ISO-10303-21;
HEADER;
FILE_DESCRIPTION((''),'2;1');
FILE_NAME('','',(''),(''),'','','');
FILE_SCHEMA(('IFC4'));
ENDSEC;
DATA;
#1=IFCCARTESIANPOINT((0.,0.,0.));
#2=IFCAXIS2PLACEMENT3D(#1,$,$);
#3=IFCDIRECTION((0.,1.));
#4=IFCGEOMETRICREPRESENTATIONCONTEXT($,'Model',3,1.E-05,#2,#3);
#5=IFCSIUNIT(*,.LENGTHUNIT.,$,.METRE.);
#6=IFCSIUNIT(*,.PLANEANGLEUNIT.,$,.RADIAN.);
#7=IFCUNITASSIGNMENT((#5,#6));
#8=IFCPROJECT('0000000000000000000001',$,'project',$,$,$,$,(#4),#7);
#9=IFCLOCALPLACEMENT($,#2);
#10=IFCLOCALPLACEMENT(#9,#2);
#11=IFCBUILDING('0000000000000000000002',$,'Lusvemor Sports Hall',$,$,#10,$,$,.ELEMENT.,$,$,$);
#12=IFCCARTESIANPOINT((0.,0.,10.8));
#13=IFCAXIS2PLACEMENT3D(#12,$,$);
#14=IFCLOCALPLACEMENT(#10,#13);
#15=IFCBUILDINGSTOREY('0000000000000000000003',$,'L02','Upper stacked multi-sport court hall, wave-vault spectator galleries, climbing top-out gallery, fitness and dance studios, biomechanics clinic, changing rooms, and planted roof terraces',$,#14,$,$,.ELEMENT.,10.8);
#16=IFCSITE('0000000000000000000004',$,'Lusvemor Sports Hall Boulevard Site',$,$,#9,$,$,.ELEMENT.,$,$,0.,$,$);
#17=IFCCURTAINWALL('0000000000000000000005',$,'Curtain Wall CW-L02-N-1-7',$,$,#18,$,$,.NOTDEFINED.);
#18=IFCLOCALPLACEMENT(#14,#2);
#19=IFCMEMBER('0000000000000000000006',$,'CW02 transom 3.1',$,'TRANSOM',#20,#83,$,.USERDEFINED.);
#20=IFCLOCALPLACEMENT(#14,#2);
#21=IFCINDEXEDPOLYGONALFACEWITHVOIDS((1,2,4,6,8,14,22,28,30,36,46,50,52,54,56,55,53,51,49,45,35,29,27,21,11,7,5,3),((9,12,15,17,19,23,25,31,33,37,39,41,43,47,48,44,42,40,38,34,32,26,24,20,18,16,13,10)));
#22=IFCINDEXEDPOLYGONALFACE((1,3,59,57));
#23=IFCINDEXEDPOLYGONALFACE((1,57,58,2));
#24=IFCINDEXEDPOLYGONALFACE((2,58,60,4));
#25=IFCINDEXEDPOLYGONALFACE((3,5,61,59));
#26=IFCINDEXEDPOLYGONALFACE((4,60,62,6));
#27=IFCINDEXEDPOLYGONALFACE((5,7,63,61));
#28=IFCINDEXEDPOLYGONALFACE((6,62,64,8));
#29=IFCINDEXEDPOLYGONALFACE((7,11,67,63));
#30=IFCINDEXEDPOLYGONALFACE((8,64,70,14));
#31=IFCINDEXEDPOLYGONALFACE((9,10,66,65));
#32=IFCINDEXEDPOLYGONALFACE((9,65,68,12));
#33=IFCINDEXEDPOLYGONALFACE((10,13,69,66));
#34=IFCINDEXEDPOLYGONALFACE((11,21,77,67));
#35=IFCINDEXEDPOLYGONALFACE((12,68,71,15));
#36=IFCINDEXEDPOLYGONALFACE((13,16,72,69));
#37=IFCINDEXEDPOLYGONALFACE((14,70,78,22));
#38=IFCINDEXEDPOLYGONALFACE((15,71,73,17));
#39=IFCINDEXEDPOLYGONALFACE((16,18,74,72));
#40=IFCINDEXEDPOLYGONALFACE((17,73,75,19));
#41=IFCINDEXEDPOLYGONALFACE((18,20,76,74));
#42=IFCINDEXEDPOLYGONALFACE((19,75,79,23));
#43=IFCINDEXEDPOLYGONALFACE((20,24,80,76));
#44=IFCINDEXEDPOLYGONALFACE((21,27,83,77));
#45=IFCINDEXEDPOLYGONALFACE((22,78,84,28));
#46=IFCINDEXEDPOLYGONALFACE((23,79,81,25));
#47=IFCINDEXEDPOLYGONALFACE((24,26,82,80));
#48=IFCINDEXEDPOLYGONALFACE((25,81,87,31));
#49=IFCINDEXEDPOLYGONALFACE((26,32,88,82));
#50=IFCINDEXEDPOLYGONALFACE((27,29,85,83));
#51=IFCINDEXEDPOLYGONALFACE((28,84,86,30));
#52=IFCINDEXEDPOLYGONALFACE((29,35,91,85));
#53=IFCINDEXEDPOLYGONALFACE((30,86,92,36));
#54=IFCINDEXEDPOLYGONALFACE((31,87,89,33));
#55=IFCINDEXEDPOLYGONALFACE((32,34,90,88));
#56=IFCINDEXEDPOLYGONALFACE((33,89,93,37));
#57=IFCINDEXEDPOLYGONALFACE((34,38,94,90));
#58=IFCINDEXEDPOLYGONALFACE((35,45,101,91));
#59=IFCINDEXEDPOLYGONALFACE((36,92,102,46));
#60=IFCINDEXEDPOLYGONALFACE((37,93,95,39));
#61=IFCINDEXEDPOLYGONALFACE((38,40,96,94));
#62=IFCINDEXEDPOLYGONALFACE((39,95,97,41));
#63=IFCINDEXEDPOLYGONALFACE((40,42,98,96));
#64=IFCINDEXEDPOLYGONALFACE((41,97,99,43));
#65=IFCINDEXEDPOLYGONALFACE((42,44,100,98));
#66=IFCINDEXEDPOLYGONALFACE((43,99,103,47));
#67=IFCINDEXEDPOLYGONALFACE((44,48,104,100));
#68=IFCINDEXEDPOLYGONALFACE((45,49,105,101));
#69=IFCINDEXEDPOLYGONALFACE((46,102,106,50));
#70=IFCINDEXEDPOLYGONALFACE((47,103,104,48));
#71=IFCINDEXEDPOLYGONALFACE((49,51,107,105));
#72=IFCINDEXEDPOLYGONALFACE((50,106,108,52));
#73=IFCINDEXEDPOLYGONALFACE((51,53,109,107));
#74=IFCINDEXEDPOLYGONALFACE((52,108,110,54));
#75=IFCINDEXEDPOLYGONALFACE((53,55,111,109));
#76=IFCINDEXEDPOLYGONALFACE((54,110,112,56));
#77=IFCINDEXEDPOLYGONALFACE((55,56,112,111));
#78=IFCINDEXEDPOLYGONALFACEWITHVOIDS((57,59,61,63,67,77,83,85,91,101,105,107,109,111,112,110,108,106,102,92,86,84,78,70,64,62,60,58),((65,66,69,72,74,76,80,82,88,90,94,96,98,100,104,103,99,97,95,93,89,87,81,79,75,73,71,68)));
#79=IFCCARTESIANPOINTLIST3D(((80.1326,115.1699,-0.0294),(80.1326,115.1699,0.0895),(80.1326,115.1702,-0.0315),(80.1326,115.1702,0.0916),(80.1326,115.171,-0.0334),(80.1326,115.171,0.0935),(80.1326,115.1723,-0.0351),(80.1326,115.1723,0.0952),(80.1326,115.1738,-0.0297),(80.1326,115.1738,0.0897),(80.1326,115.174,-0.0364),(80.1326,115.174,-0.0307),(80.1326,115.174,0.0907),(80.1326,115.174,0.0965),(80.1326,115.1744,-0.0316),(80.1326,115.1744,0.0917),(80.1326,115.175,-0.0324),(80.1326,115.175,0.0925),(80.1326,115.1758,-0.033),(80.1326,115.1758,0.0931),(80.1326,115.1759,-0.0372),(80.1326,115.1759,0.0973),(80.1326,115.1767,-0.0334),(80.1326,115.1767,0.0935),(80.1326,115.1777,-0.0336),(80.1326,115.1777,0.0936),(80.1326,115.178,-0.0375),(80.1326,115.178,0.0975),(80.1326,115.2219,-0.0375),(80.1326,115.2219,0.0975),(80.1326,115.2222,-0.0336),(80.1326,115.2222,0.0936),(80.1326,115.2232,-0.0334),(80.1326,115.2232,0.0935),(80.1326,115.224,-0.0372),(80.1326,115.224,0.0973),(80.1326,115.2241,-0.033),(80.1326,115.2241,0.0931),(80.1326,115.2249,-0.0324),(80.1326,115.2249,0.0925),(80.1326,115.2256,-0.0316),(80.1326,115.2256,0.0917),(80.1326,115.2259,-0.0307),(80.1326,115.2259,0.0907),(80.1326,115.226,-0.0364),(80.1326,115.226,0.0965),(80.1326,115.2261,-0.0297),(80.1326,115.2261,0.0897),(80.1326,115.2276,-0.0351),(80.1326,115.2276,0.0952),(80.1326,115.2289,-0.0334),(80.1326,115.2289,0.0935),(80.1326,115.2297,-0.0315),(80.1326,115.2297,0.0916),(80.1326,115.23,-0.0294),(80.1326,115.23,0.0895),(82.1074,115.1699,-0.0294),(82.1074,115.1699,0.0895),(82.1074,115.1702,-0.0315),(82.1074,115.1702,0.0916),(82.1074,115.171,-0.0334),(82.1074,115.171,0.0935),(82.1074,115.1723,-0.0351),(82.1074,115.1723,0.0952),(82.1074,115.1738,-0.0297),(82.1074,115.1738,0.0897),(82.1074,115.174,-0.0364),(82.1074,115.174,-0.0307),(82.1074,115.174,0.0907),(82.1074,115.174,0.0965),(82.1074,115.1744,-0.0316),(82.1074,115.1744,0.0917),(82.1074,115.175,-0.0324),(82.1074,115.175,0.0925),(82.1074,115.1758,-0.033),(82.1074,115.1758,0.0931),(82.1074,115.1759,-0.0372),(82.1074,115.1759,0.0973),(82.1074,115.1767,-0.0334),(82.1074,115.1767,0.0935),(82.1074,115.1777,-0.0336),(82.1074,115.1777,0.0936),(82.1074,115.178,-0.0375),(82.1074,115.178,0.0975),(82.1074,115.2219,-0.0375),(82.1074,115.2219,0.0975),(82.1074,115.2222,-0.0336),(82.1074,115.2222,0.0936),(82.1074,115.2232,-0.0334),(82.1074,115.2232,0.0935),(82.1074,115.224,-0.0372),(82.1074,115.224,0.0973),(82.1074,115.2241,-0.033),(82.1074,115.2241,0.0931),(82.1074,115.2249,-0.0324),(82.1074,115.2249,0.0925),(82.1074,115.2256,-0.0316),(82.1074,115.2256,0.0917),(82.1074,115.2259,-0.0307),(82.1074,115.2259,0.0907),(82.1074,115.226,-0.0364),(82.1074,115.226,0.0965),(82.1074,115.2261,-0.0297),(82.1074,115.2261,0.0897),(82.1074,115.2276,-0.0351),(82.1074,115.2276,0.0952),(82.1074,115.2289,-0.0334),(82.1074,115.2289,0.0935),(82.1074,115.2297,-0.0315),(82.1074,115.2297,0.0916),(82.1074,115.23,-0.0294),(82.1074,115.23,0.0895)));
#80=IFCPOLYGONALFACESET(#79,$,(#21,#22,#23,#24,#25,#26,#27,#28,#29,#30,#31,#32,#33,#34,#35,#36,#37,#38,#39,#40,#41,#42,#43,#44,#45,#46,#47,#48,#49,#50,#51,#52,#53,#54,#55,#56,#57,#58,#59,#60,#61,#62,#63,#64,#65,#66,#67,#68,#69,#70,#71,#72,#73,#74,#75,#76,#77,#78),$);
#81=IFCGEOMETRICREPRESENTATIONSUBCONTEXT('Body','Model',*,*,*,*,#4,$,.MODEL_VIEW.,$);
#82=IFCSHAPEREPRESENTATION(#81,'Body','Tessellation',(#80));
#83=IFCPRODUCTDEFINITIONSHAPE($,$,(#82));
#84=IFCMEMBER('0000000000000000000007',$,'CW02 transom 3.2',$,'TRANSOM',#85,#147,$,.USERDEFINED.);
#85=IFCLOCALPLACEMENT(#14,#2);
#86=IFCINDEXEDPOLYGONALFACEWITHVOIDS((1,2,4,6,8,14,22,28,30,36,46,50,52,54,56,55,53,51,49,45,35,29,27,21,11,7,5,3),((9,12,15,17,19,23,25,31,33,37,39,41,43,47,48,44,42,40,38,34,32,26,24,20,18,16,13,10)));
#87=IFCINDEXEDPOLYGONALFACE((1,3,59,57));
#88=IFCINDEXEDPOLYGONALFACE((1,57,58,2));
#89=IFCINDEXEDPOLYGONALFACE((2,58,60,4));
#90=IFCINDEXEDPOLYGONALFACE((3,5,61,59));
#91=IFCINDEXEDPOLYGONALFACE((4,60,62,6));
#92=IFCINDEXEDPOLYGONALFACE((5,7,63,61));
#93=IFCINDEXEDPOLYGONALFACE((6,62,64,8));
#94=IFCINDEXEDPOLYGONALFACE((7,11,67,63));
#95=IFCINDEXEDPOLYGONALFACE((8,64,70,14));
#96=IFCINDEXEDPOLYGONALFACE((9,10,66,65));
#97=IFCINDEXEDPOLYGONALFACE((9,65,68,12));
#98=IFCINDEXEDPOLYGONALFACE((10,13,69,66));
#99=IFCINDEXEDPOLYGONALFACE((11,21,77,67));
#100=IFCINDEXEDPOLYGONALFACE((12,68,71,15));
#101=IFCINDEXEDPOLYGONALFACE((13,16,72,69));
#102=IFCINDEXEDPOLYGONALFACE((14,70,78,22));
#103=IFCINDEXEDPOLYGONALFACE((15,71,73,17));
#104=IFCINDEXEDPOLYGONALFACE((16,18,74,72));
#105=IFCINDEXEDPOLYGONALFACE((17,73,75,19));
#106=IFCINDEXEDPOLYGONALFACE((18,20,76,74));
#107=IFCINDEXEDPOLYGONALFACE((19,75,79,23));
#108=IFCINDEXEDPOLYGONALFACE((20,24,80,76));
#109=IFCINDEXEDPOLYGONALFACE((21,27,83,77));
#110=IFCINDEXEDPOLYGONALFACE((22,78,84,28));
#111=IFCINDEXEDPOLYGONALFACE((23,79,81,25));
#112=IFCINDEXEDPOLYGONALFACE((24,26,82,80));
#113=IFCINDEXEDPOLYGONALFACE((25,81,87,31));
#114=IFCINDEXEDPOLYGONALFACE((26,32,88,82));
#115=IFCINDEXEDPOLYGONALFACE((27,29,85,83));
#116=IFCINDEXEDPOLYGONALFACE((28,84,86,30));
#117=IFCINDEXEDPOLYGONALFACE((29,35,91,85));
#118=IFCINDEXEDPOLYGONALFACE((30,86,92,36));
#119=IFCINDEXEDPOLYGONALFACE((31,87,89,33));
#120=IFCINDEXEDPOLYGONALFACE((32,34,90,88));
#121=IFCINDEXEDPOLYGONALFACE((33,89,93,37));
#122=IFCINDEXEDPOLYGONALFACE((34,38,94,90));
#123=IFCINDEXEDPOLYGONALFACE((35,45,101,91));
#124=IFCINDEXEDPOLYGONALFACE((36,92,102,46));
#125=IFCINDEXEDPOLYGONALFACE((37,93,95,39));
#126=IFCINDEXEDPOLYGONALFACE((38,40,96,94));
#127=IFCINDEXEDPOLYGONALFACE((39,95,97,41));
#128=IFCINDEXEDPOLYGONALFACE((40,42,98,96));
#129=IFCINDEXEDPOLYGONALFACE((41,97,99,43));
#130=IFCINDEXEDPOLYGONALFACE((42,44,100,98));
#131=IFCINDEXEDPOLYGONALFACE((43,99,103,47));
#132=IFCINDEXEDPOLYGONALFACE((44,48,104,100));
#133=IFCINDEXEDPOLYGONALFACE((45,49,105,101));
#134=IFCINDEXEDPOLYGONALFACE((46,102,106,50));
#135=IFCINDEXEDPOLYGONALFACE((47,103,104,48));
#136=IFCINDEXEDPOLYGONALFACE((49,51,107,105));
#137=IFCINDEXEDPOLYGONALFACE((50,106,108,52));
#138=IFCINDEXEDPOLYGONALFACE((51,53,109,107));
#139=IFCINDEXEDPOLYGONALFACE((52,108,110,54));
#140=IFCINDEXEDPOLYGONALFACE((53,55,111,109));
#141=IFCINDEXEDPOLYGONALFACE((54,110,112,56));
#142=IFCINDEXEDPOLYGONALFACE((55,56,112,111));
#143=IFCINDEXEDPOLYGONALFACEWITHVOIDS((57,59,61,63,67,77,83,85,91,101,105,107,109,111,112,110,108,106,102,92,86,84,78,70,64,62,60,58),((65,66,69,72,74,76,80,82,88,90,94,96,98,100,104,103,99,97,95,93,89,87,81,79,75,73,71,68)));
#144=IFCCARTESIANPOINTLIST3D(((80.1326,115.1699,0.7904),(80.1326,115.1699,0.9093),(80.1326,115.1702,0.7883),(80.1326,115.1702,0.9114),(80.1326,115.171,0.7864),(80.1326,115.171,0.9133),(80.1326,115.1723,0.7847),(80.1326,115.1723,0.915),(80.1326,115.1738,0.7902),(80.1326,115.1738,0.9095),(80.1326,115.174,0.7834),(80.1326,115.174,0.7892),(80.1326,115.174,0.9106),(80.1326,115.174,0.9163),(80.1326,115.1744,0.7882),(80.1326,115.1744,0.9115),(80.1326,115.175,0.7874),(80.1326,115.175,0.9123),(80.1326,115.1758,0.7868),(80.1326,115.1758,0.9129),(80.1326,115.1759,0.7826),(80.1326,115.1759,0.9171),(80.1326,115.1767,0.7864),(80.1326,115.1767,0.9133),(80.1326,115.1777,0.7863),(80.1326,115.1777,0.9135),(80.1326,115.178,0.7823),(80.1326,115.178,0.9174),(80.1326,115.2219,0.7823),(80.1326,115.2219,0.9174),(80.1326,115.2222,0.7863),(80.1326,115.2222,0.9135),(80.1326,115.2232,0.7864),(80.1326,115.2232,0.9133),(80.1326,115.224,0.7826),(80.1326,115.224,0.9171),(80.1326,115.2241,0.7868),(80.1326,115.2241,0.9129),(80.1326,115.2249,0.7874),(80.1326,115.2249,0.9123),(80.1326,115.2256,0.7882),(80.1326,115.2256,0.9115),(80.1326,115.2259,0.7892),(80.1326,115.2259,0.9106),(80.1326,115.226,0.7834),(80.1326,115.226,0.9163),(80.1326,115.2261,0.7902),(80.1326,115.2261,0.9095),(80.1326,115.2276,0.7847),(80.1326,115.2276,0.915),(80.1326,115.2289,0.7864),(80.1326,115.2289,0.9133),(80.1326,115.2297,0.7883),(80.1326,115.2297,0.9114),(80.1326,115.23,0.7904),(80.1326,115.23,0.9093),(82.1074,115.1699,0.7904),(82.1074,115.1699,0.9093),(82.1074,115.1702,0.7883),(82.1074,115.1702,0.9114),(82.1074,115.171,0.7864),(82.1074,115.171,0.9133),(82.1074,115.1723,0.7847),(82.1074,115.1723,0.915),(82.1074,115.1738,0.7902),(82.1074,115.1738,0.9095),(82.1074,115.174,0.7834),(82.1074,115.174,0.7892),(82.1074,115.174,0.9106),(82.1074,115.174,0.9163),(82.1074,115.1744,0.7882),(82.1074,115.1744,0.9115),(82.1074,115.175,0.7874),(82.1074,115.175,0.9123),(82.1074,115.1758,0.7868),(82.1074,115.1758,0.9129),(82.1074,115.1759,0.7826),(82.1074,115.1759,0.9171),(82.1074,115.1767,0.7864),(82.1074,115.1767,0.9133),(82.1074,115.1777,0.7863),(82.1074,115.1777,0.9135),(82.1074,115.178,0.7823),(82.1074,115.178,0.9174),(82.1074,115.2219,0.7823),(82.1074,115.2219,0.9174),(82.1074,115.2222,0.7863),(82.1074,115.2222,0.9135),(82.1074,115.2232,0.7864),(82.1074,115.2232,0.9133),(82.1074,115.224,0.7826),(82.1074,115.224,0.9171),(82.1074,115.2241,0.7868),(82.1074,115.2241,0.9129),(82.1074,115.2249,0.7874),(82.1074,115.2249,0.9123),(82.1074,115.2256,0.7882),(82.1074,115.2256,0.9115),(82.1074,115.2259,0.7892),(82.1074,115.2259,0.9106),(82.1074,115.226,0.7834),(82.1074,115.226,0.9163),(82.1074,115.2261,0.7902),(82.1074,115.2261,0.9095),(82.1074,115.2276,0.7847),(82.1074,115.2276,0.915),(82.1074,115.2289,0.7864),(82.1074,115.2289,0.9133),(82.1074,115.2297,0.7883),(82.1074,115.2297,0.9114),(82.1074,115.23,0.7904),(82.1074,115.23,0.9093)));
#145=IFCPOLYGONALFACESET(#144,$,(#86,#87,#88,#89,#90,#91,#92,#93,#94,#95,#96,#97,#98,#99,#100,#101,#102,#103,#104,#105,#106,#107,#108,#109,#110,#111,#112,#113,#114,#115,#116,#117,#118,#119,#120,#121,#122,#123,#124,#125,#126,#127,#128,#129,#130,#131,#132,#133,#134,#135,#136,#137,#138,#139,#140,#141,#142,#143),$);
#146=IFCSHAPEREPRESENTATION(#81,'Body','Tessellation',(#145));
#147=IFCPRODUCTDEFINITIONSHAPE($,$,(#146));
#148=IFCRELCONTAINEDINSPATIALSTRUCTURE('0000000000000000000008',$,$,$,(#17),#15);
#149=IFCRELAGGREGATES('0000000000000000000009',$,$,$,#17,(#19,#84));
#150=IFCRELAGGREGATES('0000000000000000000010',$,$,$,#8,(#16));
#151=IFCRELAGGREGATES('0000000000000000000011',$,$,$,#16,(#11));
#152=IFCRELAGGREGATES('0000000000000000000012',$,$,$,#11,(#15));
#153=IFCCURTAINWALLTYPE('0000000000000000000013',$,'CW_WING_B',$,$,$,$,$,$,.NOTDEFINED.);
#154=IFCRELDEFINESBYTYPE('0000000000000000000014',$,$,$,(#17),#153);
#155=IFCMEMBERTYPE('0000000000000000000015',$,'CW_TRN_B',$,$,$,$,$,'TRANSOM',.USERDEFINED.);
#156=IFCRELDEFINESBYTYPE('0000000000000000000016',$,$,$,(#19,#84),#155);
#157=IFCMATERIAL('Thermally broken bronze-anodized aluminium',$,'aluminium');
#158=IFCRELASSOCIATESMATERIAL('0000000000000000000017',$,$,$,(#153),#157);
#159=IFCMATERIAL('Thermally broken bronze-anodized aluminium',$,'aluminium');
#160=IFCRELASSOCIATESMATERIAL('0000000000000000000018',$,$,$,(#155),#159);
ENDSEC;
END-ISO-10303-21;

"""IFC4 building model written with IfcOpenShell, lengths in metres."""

from ifc_helpers import new_model, si_unit, direction, frame, origin, origin_2d, place, context, subcontext, project, spatial, hollow_rectangle, extrude, material, material_profile, profile_set, type_object, element, aggregate, save


model = new_model("IFC4")

# Units and contexts
model_context = context("Model", 3, precision=1e-05, world=origin(), true_north=direction((0.0, 1.0)))
body_context = subcontext(model_context, "Body", "Model", "MODEL_VIEW")
ifc_project = project(units=[si_unit("LENGTHUNIT", "METRE"), si_unit("PLANEANGLEUNIT", "RADIAN")], contexts=[model_context])

# Site, building, storey
site_placement = place(None, origin())
site = spatial("IfcSite", under=ifc_project, at=site_placement, Name="Lusvemor Sports Hall Boulevard Site", CompositionType="ELEMENT", RefElevation=0.0)
building_placement = place(site_placement, origin())
building = spatial("IfcBuilding", under=site, at=building_placement, Name="Lusvemor Sports Hall", CompositionType="ELEMENT")
storey_placement = place(building_placement, frame((0.0, 0.0, 10.8)))
storey = spatial("IfcBuildingStorey", under=building, at=storey_placement, Name="L02", Description="Upper stacked multi-sport court hall, wave-vault spectator galleries, climbing top-out gallery, fitness and dance studios, biomechanics clinic, changing rooms, and planted roof terraces", CompositionType="ELEMENT", Elevation=10.8)

# Curtain wall
ifc_material_1 = material(Name="Thermally broken bronze-anodized aluminium", Category="aluminium")
curtain_wall_type_1 = type_object("IfcCurtainWallType", Name="CW_WING_B", PredefinedType="NOTDEFINED", material=ifc_material_1)
curtain_wall_1_placement = place(storey_placement, origin())
curtain_wall_1 = element("IfcCurtainWall", 1, at=curtain_wall_1_placement, inside=storey, type_object=curtain_wall_type_1, Name="Curtain Wall CW-L02-N-1-7", PredefinedType="NOTDEFINED")

# Members
ifc_material_2 = material(Name="Thermally broken bronze-anodized aluminium", Category="aluminium")
ifc_material_profile_1 = material_profile(ifc_material_2, hollow_rectangle(XDim=0.0601, YDim=0.135, WallThickness=0.0039, InnerFilletRadius=0.0039, OuterFilletRadius=0.0081, at=origin_2d()), Name="CWTRN135x60x4")
ifc_profile_set_1 = profile_set([ifc_material_profile_1], Name="Thermally broken bronze-anodized aluminium")
member_type_1 = type_object("IfcMemberType", Name="CW_TRN_B", ElementType="TRANSOM", PredefinedType="USERDEFINED", material=ifc_profile_set_1)
member_1_placement = place(storey_placement, frame((80.1326, 115.2, 0.03), z_axis=(1.0, 0.0, 0.0), x_axis=(0.0, 1.0, 0.0)))
member_1 = element("IfcMember", 2, at=member_1_placement, type_object=member_type_1, Name="CW02 transom 3.1", ObjectType="TRANSOM", PredefinedType="USERDEFINED", context=body_context, shape_type="SweptSolid", body=[
    extrude(hollow_rectangle(XDim=0.0601, YDim=0.135, WallThickness=0.0039, InnerFilletRadius=0.0039, OuterFilletRadius=0.0081, at=origin_2d()), origin(), (0.0, 0.0, 1.0), 1.9749),
])
member_2_placement = place(storey_placement, frame((80.1326, 115.2, 0.8499), z_axis=(1.0, 0.0, 0.0), x_axis=(0.0, 1.0, 0.0)))
member_2 = element("IfcMember", 3, at=member_2_placement, type_object=member_type_1, Name="CW02 transom 3.2", ObjectType="TRANSOM", PredefinedType="USERDEFINED", context=body_context, shape_type="SweptSolid", body=[
    extrude(hollow_rectangle(XDim=0.0601, YDim=0.135, WallThickness=0.0039, InnerFilletRadius=0.0039, OuterFilletRadius=0.0081, at=origin_2d()), origin(), (0.0, 0.0, 1.0), 1.9749),
])

aggregate(curtain_wall_1, [member_1, member_2])

save(model, "model.ifc")
